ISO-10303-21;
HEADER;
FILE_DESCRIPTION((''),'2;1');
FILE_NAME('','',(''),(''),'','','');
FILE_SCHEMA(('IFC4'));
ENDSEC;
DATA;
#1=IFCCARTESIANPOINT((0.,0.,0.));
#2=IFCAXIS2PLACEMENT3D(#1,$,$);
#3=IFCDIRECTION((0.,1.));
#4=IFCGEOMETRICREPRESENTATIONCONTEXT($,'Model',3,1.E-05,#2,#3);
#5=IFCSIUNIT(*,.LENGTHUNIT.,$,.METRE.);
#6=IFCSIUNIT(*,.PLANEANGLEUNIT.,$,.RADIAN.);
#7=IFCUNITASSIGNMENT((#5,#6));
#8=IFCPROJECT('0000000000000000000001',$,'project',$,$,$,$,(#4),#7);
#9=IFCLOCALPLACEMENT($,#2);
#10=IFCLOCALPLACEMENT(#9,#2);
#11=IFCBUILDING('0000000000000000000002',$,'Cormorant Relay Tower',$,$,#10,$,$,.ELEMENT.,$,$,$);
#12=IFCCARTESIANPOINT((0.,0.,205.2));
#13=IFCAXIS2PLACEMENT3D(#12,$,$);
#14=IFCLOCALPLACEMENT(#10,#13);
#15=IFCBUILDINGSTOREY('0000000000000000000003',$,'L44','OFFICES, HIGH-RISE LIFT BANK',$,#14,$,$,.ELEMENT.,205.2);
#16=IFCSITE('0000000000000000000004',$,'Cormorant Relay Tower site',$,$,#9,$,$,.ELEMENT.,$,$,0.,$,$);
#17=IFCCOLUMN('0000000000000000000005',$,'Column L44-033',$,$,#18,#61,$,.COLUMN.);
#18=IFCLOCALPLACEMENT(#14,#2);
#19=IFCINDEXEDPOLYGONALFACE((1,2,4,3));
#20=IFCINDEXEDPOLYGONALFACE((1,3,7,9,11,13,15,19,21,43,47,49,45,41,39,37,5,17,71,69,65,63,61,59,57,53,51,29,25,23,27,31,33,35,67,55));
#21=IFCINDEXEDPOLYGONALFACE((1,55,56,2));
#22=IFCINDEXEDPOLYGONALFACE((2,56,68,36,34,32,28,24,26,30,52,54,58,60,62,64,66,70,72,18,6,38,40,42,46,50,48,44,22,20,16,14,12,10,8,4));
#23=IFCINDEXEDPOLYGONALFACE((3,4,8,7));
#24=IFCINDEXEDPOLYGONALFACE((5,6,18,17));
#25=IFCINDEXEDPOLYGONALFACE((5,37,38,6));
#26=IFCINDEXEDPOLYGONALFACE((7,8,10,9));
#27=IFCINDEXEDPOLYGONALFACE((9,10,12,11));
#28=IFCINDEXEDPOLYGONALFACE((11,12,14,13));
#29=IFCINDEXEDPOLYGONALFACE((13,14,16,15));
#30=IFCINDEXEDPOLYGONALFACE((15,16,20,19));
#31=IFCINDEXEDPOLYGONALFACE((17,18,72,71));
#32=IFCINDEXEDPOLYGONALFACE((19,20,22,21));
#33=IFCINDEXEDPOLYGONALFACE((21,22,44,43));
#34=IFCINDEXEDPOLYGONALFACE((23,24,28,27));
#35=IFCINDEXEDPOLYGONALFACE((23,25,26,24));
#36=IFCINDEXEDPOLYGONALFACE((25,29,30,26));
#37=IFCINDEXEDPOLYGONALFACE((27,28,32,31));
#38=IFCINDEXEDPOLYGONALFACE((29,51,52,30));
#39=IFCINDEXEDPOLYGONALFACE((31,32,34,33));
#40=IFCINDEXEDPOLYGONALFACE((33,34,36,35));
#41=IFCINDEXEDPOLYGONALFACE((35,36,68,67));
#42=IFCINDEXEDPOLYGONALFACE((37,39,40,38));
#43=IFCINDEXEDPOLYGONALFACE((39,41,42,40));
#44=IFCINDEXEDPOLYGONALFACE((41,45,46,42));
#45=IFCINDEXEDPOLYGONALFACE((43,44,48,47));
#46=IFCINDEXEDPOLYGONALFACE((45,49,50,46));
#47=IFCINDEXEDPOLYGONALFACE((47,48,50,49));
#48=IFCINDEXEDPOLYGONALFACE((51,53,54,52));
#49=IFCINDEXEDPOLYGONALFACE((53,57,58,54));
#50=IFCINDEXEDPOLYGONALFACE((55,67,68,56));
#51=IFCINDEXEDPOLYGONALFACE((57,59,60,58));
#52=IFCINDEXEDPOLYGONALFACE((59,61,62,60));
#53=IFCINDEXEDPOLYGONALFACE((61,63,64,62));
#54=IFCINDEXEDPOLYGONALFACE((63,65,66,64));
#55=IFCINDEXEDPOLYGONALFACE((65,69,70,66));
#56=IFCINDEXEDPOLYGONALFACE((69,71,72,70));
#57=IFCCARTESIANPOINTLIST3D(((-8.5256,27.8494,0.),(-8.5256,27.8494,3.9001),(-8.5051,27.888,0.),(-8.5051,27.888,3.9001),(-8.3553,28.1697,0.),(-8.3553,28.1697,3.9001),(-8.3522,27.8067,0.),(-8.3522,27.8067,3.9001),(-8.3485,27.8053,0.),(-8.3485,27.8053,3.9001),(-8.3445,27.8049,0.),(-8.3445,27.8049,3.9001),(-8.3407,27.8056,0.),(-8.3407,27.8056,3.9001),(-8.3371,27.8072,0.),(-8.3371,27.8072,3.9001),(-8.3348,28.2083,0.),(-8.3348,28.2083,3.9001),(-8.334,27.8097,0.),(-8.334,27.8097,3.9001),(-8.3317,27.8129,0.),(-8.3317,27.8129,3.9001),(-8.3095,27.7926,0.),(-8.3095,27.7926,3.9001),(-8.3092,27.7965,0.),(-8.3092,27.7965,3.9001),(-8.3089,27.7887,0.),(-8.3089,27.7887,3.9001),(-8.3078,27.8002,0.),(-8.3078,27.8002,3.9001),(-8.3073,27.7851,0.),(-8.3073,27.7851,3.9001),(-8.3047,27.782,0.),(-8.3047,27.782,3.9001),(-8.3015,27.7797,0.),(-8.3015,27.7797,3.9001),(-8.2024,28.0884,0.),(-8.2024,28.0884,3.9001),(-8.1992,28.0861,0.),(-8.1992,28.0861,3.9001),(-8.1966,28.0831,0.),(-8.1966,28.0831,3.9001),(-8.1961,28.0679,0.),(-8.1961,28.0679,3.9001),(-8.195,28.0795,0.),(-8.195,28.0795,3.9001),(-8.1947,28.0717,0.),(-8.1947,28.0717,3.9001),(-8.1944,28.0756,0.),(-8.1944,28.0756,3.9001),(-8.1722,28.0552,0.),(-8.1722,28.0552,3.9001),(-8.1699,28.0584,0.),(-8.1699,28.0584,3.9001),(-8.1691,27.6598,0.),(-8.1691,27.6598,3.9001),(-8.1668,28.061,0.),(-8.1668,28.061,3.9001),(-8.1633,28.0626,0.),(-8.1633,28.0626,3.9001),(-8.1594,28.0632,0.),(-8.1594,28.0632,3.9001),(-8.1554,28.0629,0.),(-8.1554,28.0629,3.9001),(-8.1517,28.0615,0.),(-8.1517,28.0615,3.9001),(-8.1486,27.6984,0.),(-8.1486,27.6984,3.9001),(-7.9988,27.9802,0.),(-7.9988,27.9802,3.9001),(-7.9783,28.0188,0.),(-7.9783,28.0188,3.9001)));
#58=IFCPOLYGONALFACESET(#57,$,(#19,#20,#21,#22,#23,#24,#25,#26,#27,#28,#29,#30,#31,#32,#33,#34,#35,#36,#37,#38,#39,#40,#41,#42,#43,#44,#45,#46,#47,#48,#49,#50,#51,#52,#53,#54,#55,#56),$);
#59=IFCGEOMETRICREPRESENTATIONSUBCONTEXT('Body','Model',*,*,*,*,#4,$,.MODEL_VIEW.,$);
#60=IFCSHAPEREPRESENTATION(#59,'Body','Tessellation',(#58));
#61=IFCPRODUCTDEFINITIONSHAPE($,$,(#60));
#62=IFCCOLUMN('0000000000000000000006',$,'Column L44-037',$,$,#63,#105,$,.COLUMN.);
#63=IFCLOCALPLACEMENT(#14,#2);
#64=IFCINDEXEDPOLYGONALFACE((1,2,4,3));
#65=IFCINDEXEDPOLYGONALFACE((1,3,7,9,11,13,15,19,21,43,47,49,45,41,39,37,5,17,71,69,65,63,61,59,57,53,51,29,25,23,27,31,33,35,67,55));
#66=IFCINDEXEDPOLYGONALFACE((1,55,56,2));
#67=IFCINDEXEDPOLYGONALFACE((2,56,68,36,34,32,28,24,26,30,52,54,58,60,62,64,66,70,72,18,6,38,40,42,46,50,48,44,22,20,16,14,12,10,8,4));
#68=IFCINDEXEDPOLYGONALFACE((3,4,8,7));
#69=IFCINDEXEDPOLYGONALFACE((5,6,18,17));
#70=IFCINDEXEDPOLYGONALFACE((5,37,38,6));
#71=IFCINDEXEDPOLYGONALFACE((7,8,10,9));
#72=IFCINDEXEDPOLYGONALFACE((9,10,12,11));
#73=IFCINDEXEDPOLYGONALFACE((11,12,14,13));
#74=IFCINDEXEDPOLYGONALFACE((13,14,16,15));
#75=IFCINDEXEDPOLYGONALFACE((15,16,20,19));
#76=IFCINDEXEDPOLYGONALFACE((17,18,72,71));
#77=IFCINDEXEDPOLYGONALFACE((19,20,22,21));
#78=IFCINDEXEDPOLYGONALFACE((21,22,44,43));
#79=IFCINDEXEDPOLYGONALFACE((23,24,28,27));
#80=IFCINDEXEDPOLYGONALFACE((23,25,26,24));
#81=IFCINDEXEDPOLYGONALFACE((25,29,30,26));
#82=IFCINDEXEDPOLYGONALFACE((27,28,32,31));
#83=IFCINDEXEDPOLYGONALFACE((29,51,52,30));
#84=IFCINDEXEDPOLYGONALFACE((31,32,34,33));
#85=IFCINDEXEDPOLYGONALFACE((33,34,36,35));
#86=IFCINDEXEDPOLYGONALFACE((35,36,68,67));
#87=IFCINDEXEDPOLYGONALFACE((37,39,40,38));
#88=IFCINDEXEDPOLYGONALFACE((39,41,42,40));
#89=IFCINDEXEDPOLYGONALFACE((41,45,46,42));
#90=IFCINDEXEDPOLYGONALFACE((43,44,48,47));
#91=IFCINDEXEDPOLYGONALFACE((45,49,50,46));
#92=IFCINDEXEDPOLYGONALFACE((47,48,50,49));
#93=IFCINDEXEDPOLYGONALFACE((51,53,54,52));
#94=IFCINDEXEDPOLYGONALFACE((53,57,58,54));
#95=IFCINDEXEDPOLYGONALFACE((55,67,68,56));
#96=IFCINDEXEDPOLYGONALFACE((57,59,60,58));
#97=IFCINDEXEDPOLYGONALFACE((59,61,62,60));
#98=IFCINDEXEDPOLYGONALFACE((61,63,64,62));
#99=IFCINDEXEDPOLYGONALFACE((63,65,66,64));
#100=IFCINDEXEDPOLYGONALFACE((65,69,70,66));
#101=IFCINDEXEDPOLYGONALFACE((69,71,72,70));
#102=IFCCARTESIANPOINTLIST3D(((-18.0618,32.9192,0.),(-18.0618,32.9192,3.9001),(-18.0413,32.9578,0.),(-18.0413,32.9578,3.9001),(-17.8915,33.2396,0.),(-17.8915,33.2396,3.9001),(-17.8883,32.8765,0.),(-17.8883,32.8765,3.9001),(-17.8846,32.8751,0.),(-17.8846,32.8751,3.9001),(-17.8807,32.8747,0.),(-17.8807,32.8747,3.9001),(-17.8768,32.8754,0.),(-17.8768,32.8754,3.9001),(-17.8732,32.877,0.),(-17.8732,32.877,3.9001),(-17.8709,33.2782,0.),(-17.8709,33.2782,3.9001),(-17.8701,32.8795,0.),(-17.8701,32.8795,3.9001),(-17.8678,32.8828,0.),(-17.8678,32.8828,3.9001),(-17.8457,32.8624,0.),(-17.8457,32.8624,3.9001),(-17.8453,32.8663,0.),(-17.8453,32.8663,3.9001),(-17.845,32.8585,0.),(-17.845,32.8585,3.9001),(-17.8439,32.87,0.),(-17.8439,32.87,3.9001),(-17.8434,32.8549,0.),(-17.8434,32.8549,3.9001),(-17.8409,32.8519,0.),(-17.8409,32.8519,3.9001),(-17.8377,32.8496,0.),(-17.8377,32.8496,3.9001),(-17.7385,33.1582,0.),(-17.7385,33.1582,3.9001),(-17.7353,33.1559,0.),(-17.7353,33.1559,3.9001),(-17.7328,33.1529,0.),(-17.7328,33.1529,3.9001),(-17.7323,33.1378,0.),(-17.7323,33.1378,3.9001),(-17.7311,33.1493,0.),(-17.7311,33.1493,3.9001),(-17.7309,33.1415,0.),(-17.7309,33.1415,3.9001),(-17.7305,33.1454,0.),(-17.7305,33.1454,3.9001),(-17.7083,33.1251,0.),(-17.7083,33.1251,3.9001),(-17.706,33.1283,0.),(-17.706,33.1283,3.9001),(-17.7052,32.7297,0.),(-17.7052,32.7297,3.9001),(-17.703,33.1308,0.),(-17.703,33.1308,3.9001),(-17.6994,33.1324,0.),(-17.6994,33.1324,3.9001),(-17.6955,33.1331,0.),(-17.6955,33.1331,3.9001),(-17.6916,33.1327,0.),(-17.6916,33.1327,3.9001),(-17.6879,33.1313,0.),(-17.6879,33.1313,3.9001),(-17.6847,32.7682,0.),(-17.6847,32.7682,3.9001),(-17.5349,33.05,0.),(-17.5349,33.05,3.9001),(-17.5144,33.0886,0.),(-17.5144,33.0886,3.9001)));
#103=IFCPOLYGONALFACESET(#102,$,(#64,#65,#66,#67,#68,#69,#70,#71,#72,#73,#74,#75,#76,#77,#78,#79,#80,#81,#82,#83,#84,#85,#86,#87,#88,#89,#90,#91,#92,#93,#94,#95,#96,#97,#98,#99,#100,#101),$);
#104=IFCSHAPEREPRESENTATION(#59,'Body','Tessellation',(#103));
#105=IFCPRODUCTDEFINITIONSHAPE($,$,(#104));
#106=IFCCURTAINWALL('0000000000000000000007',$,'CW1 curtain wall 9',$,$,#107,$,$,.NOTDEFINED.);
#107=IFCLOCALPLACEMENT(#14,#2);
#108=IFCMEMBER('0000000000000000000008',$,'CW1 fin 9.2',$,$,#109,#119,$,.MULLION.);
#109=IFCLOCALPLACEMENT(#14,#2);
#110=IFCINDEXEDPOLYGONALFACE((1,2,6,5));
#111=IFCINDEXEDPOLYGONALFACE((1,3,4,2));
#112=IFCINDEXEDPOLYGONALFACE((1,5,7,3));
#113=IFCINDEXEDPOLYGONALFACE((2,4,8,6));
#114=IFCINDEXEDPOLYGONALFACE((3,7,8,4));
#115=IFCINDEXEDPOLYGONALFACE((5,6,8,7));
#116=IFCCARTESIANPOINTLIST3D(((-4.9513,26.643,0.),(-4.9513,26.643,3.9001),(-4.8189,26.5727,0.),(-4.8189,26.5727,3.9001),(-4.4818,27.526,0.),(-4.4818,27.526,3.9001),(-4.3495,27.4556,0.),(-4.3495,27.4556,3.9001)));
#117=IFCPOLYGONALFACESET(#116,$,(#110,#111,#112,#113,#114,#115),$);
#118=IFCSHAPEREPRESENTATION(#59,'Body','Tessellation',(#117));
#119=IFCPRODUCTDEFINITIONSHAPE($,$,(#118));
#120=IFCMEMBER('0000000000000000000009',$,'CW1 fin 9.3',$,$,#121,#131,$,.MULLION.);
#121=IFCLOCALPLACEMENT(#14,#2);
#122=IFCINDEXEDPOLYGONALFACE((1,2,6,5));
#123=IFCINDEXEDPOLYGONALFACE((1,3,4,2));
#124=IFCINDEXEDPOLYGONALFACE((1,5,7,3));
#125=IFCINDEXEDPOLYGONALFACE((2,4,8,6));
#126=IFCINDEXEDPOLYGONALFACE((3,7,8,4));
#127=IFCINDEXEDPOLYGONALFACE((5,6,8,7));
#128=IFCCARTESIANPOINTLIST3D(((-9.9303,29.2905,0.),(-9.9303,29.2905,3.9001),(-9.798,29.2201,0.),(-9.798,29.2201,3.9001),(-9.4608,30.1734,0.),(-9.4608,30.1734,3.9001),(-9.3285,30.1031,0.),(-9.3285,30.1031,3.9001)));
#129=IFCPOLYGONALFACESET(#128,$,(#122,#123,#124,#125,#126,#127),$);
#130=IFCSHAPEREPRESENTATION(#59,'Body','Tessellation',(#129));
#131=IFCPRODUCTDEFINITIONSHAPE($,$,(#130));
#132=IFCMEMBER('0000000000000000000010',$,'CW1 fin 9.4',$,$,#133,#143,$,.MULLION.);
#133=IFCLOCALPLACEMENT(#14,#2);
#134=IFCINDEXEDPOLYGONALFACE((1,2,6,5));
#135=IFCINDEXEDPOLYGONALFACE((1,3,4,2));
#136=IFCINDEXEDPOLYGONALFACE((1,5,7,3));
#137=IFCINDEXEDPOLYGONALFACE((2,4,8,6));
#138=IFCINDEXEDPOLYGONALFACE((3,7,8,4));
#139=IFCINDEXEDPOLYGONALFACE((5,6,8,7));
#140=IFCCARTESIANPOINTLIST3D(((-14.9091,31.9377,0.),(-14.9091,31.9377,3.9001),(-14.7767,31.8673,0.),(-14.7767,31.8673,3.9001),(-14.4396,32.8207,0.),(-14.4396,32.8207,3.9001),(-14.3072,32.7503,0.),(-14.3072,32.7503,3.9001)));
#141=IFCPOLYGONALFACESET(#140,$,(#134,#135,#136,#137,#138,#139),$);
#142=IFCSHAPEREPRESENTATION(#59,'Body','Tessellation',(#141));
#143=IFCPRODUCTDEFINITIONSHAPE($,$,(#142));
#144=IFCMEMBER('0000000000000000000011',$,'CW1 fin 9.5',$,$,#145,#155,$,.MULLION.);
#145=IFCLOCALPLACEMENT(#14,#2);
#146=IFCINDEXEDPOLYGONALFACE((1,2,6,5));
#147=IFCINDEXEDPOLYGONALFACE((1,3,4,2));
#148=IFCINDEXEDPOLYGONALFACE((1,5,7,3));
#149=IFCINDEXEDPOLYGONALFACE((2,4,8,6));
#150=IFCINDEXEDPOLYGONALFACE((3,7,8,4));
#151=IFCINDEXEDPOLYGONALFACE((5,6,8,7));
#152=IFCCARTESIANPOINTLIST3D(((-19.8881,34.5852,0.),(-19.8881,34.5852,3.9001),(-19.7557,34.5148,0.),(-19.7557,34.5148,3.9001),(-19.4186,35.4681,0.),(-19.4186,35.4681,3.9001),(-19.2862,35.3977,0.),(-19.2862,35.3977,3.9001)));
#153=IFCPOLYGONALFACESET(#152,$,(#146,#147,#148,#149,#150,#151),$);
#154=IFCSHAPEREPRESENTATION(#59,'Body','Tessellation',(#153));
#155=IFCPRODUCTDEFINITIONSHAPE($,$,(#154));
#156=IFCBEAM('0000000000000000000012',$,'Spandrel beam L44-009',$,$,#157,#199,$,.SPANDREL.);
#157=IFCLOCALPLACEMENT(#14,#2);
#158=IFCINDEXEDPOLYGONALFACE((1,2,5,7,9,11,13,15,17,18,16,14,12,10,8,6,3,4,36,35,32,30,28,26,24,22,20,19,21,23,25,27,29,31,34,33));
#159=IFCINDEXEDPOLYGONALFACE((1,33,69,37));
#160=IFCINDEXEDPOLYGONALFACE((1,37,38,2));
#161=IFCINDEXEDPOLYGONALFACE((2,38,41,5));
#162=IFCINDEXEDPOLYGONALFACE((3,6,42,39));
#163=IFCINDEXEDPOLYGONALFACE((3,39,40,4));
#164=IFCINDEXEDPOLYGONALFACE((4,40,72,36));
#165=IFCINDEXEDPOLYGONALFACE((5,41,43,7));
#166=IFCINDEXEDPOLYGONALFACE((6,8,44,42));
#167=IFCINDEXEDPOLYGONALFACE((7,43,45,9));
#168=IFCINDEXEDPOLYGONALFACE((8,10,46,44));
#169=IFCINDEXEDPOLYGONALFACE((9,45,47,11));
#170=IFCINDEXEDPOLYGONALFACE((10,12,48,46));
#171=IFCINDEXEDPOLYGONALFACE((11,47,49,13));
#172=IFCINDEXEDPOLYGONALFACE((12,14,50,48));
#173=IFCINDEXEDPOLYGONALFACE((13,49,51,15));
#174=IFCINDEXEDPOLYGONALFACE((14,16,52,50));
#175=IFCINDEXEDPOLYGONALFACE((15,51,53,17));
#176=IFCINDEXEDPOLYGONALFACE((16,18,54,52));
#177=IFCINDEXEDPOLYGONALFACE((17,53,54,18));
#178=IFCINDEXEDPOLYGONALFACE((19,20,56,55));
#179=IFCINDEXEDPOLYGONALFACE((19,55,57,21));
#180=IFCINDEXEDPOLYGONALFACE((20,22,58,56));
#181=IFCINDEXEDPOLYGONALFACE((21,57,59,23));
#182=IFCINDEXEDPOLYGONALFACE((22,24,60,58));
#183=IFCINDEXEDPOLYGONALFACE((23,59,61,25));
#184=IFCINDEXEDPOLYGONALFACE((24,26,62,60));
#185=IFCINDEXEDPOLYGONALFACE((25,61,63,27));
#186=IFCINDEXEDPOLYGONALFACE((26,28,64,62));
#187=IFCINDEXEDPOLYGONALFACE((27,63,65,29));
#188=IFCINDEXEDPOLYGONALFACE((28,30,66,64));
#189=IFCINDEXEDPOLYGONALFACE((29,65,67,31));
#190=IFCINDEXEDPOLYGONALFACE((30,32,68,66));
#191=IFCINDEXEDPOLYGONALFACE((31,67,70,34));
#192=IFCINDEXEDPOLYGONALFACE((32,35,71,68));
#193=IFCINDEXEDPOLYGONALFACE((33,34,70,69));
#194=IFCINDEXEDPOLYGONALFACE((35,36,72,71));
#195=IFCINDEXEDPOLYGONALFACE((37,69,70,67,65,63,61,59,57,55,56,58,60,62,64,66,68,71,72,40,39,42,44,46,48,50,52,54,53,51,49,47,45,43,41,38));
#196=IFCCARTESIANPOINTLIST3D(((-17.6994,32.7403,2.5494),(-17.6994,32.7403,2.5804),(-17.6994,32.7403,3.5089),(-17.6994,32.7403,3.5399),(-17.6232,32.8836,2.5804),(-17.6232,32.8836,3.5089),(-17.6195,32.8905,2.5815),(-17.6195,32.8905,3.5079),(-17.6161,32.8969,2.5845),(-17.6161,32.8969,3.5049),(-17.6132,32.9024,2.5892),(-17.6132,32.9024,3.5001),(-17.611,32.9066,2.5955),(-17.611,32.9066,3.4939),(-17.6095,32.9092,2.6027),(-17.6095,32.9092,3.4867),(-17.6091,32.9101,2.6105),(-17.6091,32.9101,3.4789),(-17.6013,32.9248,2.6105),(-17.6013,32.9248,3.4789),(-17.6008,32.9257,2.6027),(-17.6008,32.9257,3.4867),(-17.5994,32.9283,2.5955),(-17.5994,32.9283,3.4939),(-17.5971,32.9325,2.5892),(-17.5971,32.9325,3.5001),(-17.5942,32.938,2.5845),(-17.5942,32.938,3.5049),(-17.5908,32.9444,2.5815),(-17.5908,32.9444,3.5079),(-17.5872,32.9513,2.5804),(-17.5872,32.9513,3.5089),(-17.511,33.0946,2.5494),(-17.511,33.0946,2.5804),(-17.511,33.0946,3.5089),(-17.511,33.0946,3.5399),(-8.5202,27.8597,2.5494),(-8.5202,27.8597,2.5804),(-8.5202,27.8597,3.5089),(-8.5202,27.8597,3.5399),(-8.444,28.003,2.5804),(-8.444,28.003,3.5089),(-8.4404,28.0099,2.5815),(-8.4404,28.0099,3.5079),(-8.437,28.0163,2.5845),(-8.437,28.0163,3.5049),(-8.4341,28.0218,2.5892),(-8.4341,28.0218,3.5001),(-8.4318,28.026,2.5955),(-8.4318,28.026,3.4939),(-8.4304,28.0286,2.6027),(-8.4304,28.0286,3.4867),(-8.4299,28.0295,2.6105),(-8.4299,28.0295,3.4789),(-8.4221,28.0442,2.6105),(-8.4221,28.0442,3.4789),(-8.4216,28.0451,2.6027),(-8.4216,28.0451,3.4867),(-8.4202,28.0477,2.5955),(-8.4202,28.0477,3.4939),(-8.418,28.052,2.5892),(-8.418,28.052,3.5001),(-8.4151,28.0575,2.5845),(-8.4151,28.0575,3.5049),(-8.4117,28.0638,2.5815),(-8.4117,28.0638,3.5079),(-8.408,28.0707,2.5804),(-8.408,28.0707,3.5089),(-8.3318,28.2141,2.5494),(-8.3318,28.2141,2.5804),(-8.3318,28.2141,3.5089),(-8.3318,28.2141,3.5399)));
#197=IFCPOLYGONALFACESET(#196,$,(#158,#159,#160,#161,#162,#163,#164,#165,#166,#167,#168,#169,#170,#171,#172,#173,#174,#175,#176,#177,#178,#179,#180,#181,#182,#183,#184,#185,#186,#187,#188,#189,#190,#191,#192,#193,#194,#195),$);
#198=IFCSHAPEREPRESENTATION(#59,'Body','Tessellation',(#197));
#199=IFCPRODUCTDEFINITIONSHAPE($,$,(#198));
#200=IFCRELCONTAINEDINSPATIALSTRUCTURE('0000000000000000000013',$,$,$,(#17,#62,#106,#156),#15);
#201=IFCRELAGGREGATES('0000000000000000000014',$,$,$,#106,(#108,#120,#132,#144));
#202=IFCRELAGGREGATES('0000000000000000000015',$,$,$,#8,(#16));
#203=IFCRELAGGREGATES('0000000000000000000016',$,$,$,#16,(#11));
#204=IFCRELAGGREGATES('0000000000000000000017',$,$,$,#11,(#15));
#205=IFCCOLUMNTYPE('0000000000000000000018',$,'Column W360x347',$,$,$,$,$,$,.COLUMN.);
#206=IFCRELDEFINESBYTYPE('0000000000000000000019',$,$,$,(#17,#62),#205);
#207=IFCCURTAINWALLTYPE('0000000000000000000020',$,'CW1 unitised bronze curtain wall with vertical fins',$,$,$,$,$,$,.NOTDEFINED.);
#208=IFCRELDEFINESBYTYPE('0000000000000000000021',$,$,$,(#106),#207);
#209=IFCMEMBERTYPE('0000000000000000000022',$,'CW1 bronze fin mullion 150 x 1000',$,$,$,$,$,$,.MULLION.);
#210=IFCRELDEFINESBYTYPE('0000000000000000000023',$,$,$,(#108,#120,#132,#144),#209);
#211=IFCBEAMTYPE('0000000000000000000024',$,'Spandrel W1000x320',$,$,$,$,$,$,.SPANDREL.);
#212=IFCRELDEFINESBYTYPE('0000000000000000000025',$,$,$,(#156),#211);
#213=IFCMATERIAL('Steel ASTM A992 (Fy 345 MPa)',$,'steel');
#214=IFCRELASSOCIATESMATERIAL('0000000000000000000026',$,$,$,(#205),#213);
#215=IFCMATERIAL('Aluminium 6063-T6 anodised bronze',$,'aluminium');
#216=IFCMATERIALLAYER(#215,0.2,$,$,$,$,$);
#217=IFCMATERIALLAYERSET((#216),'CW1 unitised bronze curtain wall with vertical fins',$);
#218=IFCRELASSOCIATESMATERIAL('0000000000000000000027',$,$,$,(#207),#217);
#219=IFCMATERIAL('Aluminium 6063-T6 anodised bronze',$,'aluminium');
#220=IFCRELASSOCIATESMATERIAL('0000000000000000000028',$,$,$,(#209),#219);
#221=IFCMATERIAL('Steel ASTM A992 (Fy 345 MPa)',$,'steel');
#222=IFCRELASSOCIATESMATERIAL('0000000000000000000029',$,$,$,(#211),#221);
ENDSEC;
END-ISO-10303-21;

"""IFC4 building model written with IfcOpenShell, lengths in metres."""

from ifc_helpers import new_model, si_unit, direction, frame, origin, origin_2d, place, context, subcontext, project, spatial, rectangle, i_section, extrude, material, layer, layer_set, material_profile, profile_set, type_object, element, aggregate, save


model = new_model("IFC4")

# Units and contexts
model_context = context("Model", 3, precision=1e-05, world=origin(), true_north=direction((0.0, 1.0)))
body_context = subcontext(model_context, "Body", "Model", "MODEL_VIEW")
ifc_project = project(units=[si_unit("LENGTHUNIT", "METRE"), si_unit("PLANEANGLEUNIT", "RADIAN")], contexts=[model_context])

# Site, building, storey
site_placement = place(None, origin())
site = spatial("IfcSite", under=ifc_project, at=site_placement, Name="Cormorant Relay Tower site", CompositionType="ELEMENT", RefElevation=0.0)
building_placement = place(site_placement, origin())
building = spatial("IfcBuilding", under=site, at=building_placement, Name="Cormorant Relay Tower", CompositionType="ELEMENT")
storey_placement = place(building_placement, frame((0.0, 0.0, 205.2)))
storey = spatial("IfcBuildingStorey", under=building, at=storey_placement, Name="L44", Description="OFFICES, HIGH-RISE LIFT BANK", CompositionType="ELEMENT", Elevation=205.2)

# Columns
ifc_material_1 = material(Name="Steel ASTM A992 (Fy 345 MPa)", Category="steel")
ifc_material_profile_1 = material_profile(ifc_material_1, i_section(OverallWidth=0.4038, OverallDepth=0.4065, WebThickness=0.0271, FlangeThickness=0.0437, FilletRadius=0.0151, at=origin_2d()), Name="W360x347")
ifc_profile_set_1 = profile_set([ifc_material_profile_1], Name="Steel ASTM A992 (Fy 345 MPa)")
column_type = type_object("IfcColumnType", Name="Column W360x347", PredefinedType="COLUMN", material=ifc_profile_set_1)
for number, where, z_axis, x_axis, name in (
    (1, (-8.252, 27.9341, 0.0), (0.0, 0.0, 1.0), (-0.882948, 0.469472, 0.0), "Column L44-033"),
    (2, (-17.7881, 33.0039, 0.0), (0.0, 0.0, 1.0), (-0.882948, 0.469472, 0.0), "Column L44-037"),
):
    element("IfcColumn", number, at=place(storey_placement, frame(where, z_axis=z_axis, x_axis=x_axis)), inside=storey, type_object=column_type, Name=name, PredefinedType="COLUMN", context=body_context, shape_type="SweptSolid", body=[
        extrude(i_section(OverallWidth=0.4038, OverallDepth=0.4065, WebThickness=0.0271, FlangeThickness=0.0437, FilletRadius=0.0151, at=origin_2d()), origin(), (0.0, 0.0, 1.0), 3.9001),
    ])

# Curtain wall, members
ifc_material_2 = material(Name="Aluminium 6063-T6 anodised bronze", Category="aluminium")
ifc_layer_1 = layer(ifc_material_2, 0.2)
ifc_layer_set_1 = layer_set([ifc_layer_1], Name="CW1 unitised bronze curtain wall with vertical fins")
curtain_wall_type = type_object("IfcCurtainWallType", Name="CW1 unitised bronze curtain wall with vertical fins", PredefinedType="NOTDEFINED", material=ifc_layer_set_1)
curtain_wall_placement = place(storey_placement, origin())
curtain_wall = element("IfcCurtainWall", 3, at=curtain_wall_placement, inside=storey, type_object=curtain_wall_type, Name="CW1 curtain wall 9", PredefinedType="NOTDEFINED")
ifc_material_3 = material(Name="Aluminium 6063-T6 anodised bronze", Category="aluminium")
ifc_material_profile_2 = material_profile(ifc_material_3, rectangle(XDim=0.1499, YDim=1.0, at=origin_2d()), Name="AL 150x1000")
ifc_profile_set_2 = profile_set([ifc_material_profile_2], Name="Aluminium 6063-T6 anodised bronze")
member_type = type_object("IfcMemberType", Name="CW1 bronze fin mullion 150 x 1000", PredefinedType="MULLION", material=ifc_profile_set_2)
member_1_placement = place(storey_placement, frame((-4.6504, 27.0493, 0.0), z_axis=(0.0, 0.0, 1.0), x_axis=(-0.882948, 0.469472, 0.0)))
member_1 = element("IfcMember", 4, at=member_1_placement, type_object=member_type, Name="CW1 fin 9.2", PredefinedType="MULLION", context=body_context, shape_type="SweptSolid", body=[
    extrude(rectangle(XDim=0.1499, YDim=1.0, at=origin_2d()), origin(), (0.0, 0.0, 1.0), 3.9001),
])
member_2_placement = place(storey_placement, frame((-9.6294, 29.6968, 0.0), z_axis=(0.0, 0.0, 1.0), x_axis=(-0.882948, 0.469472, 0.0)))
member_2 = element("IfcMember", 5, at=member_2_placement, type_object=member_type, Name="CW1 fin 9.3", PredefinedType="MULLION", context=body_context, shape_type="SweptSolid", body=[
    extrude(rectangle(XDim=0.1499, YDim=1.0, at=origin_2d()), origin(), (0.0, 0.0, 1.0), 3.9001),
])
member_3_placement = place(storey_placement, frame((-14.6082, 32.344, 0.0), z_axis=(0.0, 0.0, 1.0), x_axis=(-0.882948, 0.469472, 0.0)))
member_3 = element("IfcMember", 6, at=member_3_placement, type_object=member_type, Name="CW1 fin 9.4", PredefinedType="MULLION", context=body_context, shape_type="SweptSolid", body=[
    extrude(rectangle(XDim=0.1499, YDim=1.0, at=origin_2d()), origin(), (0.0, 0.0, 1.0), 3.9001),
])
member_4_placement = place(storey_placement, frame((-19.5872, 34.9915, 0.0), z_axis=(0.0, 0.0, 1.0), x_axis=(-0.882948, 0.469472, 0.0)))
member_4 = element("IfcMember", 7, at=member_4_placement, type_object=member_type, Name="CW1 fin 9.5", PredefinedType="MULLION", context=body_context, shape_type="SweptSolid", body=[
    extrude(rectangle(XDim=0.1499, YDim=1.0, at=origin_2d()), origin(), (0.0, 0.0, 1.0), 3.9001),
])

# Beam
ifc_material_4 = material(Name="Steel ASTM A992 (Fy 345 MPa)", Category="steel")
ifc_material_profile_3 = material_profile(ifc_material_4, i_section(OverallWidth=0.4014, OverallDepth=0.9905, WebThickness=0.0166, FlangeThickness=0.031, FilletRadius=0.03, at=origin_2d()), Name="W1000x320")
ifc_profile_set_3 = profile_set([ifc_material_profile_3], Name="Steel ASTM A992 (Fy 345 MPa)")
beam_type_1 = type_object("IfcBeamType", Name="Spandrel W1000x320", PredefinedType="SPANDREL", material=ifc_profile_set_3)
beam_1_placement = place(storey_placement, frame((-8.426, 28.0369, 3.0447), z_axis=(-0.88295, 0.469468, 0.0), x_axis=(-0.469468, -0.88295, 0.0)))
element("IfcBeam", 8, at=beam_1_placement, inside=storey, type_object=beam_type_1, Name="Spandrel beam L44-009", PredefinedType="SPANDREL", context=body_context, shape_type="SweptSolid", body=[
    extrude(i_section(OverallWidth=0.4014, OverallDepth=0.9905, WebThickness=0.0166, FlangeThickness=0.031, FilletRadius=0.03, at=origin_2d()), origin(), (0.0, 0.0, 1.0), 10.396),
])

aggregate(curtain_wall, [member_1, member_2, member_3, member_4])

save(model, "model.ifc")
